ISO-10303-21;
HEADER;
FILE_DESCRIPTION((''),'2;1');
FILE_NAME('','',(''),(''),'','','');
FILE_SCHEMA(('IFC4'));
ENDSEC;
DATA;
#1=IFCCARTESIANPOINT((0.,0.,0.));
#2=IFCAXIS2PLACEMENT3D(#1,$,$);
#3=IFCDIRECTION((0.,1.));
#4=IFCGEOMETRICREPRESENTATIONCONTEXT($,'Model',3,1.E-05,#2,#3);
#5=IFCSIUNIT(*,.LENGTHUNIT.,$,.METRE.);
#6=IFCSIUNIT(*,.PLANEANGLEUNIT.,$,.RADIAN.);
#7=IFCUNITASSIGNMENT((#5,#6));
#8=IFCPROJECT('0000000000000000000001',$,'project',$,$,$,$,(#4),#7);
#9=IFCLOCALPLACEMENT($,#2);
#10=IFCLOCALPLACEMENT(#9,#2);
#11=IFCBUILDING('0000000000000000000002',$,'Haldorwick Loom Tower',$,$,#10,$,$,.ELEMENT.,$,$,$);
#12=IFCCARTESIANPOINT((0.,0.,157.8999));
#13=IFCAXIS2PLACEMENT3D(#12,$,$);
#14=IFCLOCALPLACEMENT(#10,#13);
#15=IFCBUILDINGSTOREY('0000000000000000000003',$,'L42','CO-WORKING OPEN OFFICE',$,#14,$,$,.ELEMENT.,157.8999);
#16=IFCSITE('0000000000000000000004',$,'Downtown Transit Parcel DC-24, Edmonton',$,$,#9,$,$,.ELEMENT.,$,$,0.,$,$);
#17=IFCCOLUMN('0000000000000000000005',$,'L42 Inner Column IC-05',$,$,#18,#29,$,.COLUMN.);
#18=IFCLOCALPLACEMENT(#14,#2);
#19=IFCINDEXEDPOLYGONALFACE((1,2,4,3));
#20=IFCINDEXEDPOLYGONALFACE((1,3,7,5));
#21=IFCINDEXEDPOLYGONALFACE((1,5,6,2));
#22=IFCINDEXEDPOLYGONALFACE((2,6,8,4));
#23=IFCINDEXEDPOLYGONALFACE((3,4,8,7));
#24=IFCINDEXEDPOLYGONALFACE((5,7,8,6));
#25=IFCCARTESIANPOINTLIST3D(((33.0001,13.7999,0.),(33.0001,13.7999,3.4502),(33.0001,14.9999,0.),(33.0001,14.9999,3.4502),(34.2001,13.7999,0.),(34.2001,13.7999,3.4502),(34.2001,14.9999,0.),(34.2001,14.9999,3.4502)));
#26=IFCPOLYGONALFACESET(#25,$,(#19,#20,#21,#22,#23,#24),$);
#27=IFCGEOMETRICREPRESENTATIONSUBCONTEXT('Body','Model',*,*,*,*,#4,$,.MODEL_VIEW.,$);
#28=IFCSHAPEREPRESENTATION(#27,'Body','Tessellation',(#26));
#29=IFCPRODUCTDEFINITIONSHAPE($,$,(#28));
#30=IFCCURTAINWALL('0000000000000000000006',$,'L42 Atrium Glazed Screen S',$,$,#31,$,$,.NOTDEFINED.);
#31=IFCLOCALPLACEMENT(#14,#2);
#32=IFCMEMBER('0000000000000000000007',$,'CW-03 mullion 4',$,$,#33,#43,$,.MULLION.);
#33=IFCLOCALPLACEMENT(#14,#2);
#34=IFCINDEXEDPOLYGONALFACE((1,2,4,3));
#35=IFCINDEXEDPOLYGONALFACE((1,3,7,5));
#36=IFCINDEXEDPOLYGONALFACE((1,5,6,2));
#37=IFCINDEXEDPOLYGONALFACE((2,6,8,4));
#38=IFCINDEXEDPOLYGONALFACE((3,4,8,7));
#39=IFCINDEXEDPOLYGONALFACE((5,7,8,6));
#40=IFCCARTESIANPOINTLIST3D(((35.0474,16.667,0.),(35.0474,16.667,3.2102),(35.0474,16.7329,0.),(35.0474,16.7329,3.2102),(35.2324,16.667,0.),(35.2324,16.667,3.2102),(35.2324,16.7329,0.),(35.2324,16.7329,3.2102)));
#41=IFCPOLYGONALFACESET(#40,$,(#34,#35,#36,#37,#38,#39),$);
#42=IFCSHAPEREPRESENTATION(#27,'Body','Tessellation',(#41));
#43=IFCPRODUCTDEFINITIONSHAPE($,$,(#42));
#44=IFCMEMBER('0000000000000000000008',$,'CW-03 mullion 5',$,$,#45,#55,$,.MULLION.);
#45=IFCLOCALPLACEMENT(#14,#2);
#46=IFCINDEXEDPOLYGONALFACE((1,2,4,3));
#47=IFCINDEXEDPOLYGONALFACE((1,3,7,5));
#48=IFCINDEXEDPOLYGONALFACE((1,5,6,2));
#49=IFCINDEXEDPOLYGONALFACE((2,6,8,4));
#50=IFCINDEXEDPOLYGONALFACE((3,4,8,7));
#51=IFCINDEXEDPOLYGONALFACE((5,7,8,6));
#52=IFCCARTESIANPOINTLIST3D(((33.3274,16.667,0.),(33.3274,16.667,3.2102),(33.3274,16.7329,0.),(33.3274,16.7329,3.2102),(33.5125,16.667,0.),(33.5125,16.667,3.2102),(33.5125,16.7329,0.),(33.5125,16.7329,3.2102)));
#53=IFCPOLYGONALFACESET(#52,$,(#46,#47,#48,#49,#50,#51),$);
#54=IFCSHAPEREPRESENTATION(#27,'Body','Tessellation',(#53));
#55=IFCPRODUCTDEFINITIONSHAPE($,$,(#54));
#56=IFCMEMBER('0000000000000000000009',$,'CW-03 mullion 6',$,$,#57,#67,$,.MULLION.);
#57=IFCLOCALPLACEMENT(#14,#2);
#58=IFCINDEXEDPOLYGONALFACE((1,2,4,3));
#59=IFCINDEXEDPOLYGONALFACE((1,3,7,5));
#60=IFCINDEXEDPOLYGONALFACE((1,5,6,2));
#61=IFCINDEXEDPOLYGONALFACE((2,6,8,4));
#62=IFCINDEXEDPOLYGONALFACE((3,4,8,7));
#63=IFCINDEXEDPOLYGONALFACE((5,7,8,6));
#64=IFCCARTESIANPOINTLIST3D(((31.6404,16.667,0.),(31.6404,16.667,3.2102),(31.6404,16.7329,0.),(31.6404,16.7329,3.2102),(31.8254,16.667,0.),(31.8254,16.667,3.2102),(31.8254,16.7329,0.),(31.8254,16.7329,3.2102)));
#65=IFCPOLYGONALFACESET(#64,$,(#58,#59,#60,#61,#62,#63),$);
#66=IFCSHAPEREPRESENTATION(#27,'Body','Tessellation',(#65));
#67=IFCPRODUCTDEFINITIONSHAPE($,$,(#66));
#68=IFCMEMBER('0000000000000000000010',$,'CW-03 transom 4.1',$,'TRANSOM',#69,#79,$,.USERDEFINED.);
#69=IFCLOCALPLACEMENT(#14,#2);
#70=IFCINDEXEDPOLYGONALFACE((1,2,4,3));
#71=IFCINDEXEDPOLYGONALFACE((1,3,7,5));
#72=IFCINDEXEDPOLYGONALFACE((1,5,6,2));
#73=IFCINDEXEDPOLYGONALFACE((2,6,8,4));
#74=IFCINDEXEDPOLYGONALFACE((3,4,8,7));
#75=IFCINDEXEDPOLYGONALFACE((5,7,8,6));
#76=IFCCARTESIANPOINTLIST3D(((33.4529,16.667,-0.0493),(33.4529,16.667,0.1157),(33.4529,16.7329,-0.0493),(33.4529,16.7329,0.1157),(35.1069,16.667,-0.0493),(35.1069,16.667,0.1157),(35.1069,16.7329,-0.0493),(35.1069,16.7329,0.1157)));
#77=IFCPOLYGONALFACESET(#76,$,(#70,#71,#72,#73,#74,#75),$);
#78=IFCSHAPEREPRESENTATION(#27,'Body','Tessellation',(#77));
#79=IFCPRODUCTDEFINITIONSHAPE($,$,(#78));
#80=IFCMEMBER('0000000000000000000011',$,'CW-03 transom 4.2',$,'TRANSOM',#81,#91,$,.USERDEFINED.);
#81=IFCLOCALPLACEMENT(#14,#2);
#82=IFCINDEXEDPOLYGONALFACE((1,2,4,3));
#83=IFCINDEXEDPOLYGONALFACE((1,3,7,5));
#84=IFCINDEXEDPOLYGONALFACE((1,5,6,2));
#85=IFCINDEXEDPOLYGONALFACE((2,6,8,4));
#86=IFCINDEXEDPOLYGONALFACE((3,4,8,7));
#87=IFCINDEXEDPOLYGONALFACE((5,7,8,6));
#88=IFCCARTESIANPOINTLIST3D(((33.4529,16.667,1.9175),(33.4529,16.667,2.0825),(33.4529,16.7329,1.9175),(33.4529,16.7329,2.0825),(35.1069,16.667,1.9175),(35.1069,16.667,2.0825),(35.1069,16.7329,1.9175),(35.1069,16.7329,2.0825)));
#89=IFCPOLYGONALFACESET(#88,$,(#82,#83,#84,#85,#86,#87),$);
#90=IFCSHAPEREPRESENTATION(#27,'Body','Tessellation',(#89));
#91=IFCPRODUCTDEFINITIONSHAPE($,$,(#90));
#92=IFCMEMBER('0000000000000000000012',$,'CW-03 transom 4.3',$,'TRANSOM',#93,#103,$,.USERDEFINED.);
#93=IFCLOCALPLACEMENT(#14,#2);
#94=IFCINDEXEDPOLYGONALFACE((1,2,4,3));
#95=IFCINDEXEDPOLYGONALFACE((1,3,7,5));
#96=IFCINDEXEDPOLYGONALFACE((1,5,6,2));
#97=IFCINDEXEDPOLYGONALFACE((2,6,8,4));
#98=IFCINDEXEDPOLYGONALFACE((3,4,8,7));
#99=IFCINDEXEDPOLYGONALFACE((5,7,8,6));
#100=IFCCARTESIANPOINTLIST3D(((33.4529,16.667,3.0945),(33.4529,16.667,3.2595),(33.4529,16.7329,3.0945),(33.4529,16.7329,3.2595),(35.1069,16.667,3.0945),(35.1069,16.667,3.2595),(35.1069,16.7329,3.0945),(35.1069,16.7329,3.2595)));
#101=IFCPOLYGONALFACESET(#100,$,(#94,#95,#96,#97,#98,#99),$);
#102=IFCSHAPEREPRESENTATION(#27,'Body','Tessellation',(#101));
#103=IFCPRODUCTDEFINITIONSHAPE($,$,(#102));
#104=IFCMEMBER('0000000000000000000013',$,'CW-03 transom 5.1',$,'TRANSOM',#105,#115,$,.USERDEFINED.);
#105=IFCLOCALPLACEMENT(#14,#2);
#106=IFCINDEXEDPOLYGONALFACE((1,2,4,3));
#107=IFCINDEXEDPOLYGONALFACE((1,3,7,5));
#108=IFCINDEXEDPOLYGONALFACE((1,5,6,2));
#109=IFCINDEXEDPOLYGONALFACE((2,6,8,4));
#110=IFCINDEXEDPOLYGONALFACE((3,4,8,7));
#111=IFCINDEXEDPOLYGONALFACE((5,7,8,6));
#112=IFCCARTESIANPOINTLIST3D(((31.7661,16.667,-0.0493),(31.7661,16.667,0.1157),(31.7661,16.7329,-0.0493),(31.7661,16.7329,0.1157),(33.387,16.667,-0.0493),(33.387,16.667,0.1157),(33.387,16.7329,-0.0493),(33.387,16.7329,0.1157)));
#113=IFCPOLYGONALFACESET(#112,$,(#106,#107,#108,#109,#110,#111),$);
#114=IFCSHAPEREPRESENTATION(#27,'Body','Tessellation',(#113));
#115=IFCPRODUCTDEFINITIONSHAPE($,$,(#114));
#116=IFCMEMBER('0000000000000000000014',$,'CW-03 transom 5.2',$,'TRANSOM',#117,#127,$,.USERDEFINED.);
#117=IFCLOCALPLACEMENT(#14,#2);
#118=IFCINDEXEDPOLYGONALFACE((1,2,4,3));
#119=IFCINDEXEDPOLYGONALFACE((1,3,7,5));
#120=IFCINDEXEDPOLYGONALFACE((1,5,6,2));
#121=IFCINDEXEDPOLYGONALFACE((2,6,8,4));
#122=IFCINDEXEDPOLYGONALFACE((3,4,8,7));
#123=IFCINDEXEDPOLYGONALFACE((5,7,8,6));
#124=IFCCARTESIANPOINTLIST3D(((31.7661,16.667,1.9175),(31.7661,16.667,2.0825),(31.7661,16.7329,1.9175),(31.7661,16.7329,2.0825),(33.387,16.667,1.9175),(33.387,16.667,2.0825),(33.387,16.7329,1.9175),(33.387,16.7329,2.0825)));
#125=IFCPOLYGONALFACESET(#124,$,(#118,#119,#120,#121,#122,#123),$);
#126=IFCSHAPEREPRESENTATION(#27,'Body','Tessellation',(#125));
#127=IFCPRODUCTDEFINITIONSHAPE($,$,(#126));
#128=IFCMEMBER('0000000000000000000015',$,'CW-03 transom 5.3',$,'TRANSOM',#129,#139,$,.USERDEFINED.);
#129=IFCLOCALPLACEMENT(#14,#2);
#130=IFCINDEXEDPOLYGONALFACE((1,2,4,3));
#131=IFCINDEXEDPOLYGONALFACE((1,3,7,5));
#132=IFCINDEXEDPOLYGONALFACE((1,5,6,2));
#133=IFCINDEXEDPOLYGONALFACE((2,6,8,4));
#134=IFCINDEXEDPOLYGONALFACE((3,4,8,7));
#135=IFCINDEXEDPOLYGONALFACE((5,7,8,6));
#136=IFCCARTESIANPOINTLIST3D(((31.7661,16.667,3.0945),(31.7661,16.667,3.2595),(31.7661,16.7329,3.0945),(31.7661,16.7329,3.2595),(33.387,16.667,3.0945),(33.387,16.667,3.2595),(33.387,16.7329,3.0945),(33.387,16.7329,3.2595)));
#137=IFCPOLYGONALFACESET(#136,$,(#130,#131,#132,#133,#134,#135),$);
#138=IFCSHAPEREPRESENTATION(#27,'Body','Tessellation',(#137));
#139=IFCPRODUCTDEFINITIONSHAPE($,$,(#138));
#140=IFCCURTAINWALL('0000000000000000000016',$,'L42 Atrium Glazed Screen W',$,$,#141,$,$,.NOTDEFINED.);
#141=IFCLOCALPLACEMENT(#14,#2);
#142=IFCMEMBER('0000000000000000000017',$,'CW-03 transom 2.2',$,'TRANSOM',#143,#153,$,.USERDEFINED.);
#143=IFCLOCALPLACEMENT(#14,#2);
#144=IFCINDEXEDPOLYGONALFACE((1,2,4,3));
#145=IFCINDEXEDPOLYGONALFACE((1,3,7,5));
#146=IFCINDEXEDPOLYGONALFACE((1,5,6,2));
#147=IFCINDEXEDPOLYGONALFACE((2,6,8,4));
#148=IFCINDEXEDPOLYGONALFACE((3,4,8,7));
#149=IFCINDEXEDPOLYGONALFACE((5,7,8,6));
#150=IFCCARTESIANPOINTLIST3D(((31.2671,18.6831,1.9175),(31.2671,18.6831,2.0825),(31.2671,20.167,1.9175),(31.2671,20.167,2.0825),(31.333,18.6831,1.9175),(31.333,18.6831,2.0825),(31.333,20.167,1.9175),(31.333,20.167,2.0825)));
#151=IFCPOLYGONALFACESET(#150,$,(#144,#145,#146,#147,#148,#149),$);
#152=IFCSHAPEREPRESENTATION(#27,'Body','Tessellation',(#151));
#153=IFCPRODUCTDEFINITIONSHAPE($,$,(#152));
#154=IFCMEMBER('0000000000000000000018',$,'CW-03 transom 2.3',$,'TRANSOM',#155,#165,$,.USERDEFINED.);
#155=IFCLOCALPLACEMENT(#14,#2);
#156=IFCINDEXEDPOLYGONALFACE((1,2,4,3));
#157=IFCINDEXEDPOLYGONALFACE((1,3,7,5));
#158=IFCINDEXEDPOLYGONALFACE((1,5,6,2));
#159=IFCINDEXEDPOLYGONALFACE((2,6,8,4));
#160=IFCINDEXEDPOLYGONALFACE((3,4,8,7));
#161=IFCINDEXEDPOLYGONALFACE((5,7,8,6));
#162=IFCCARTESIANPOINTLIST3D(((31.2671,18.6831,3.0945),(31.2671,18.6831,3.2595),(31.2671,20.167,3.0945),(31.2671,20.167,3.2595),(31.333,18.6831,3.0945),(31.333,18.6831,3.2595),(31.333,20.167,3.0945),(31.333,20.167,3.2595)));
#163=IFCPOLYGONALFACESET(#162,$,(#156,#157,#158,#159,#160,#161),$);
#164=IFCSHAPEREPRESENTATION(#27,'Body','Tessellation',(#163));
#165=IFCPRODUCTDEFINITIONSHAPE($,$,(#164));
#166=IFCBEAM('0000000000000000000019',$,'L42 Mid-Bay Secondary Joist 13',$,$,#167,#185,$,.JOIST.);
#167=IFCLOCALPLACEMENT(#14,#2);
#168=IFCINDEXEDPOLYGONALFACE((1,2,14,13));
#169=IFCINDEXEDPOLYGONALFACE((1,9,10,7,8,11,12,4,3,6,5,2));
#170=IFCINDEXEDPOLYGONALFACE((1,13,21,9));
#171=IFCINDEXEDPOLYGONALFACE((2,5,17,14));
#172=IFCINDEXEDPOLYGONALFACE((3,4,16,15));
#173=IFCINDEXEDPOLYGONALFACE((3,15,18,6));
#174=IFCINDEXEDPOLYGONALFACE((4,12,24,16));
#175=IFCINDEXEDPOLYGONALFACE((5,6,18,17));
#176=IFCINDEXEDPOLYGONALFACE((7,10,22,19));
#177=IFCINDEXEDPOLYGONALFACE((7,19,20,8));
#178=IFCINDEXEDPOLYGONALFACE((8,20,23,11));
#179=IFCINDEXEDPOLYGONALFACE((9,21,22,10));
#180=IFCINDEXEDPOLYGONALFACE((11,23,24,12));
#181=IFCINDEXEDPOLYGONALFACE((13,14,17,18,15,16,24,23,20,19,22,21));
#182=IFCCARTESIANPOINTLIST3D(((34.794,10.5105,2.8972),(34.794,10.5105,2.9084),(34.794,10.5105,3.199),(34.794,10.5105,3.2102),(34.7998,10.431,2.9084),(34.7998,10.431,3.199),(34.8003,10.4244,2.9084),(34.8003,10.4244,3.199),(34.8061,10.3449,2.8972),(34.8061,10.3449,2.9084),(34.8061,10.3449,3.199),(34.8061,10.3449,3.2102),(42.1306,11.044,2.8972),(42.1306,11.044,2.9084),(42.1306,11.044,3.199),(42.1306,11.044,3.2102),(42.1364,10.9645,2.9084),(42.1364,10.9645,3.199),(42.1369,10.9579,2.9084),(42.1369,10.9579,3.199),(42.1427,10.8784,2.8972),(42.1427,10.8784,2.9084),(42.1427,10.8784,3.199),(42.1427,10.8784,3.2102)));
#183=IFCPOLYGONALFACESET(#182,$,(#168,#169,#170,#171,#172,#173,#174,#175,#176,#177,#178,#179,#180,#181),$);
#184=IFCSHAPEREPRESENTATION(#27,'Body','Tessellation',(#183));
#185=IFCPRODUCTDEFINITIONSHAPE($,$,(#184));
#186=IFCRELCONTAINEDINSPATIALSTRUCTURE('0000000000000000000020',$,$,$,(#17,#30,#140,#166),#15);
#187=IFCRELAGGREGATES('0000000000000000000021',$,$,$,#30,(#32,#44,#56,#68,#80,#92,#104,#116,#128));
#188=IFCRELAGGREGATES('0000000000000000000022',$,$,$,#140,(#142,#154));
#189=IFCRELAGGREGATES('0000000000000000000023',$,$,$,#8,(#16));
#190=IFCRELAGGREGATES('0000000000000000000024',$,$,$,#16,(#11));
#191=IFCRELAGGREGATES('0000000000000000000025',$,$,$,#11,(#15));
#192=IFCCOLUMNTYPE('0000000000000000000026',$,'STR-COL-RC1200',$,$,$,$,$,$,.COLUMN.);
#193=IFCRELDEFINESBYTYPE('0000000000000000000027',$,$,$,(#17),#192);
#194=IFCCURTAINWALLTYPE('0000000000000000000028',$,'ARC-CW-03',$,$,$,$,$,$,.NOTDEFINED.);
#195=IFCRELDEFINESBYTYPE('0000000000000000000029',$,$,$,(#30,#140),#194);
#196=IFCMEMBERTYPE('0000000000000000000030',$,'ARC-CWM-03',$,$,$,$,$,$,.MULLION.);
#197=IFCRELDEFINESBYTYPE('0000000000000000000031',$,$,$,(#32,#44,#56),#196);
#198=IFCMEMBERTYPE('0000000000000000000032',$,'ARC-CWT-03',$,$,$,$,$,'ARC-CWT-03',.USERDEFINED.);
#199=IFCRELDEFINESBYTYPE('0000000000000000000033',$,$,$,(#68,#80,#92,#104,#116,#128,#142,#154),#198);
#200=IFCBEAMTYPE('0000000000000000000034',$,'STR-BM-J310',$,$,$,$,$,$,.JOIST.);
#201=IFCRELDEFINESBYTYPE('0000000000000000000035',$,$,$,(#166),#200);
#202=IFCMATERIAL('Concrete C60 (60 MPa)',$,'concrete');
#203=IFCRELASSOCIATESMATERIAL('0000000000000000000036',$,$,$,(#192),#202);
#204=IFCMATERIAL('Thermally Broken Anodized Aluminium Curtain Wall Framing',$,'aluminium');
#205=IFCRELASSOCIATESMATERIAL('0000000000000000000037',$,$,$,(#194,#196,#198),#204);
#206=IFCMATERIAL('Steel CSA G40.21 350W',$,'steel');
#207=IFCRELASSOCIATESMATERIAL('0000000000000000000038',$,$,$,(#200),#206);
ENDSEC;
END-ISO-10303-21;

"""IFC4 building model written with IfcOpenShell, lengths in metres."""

from ifc_helpers import new_model, si_unit, direction, frame, origin, origin_2d, place, context, subcontext, project, spatial, rectangle, i_section, extrude, material, material_profile, profile_set, type_object, element, aggregate, save


model = new_model("IFC4")

# Units and contexts
model_context = context("Model", 3, precision=1e-05, world=origin(), true_north=direction((0.0, 1.0)))
body_context = subcontext(model_context, "Body", "Model", "MODEL_VIEW")
ifc_project = project(units=[si_unit("LENGTHUNIT", "METRE"), si_unit("PLANEANGLEUNIT", "RADIAN")], contexts=[model_context])

# Site, building, storey
site_placement = place(None, origin())
site = spatial("IfcSite", under=ifc_project, at=site_placement, Name="Downtown Transit Parcel DC-24, Edmonton", CompositionType="ELEMENT", RefElevation=0.0)
building_placement = place(site_placement, origin())
building = spatial("IfcBuilding", under=site, at=building_placement, Name="Haldorwick Loom Tower", CompositionType="ELEMENT")
storey_placement = place(building_placement, frame((0.0, 0.0, 157.8999)))
storey = spatial("IfcBuildingStorey", under=building, at=storey_placement, Name="L42", Description="CO-WORKING OPEN OFFICE", CompositionType="ELEMENT", Elevation=157.8999)

# Column
ifc_material_1 = material(Name="Concrete C60 (60 MPa)", Category="concrete")
ifc_material_profile_1 = material_profile(ifc_material_1, rectangle(XDim=1.2, YDim=1.2, at=origin_2d()), Name="RC1200X1200", Category="concrete")
ifc_profile_set_1 = profile_set([ifc_material_profile_1], Name="Concrete C60 (60 MPa)")
column_type = type_object("IfcColumnType", Name="STR-COL-RC1200", PredefinedType="COLUMN", material=ifc_profile_set_1)
column_placement = place(storey_placement, frame((33.6001, 14.3999, 0.0), z_axis=(0.0, 0.0, 1.0), x_axis=(1.0, 0.0, 0.0)))
element("IfcColumn", 1, at=column_placement, inside=storey, type_object=column_type, Name="L42 Inner Column IC-05", PredefinedType="COLUMN", context=body_context, shape_type="SweptSolid", body=[
    extrude(rectangle(XDim=1.2, YDim=1.2, at=origin_2d()), origin(), (0.0, 0.0, 1.0), 3.4502),
])

# Curtain walls, members
ifc_material_2 = material(Name="Thermally Broken Anodized Aluminium Curtain Wall Framing", Category="aluminium")
curtain_wall_type = type_object("IfcCurtainWallType", Name="ARC-CW-03", PredefinedType="NOTDEFINED", material=ifc_material_2)
curtain_wall_1_placement = place(storey_placement, origin())
curtain_wall_1 = element("IfcCurtainWall", 2, at=curtain_wall_1_placement, inside=storey, type_object=curtain_wall_type, Name="L42 Atrium Glazed Screen S", PredefinedType="NOTDEFINED")
ifc_material_profile_2 = material_profile(ifc_material_2, rectangle(XDim=0.0659, YDim=0.1851, at=origin_2d()), Name="ALU_MUL_66X185", Category="aluminium")
ifc_profile_set_2 = profile_set([ifc_material_profile_2], Name="Thermally Broken Anodized Aluminium Curtain Wall Framing")
member_type_1 = type_object("IfcMemberType", Name="ARC-CWM-03", PredefinedType="MULLION", material=ifc_profile_set_2)
member_1_placement = place(storey_placement, frame((35.1399, 16.7, 0.0), z_axis=(0.0, 0.0, 1.0), x_axis=(0.0, -1.0, 0.0)))
member_1 = element("IfcMember", 3, at=member_1_placement, type_object=member_type_1, Name="CW-03 mullion 4", PredefinedType="MULLION", context=body_context, shape_type="SweptSolid", body=[
    extrude(rectangle(XDim=0.0659, YDim=0.1851, at=origin_2d()), origin(), (0.0, 0.0, 1.0), 3.2102),
])
member_2_placement = place(storey_placement, frame((33.4199, 16.7, 0.0), z_axis=(0.0, 0.0, 1.0), x_axis=(0.0, -1.0, 0.0)))
member_2 = element("IfcMember", 4, at=member_2_placement, type_object=member_type_1, Name="CW-03 mullion 5", PredefinedType="MULLION", context=body_context, shape_type="SweptSolid", body=[
    extrude(rectangle(XDim=0.0659, YDim=0.1851, at=origin_2d()), origin(), (0.0, 0.0, 1.0), 3.2102),
])
member_3_placement = place(storey_placement, frame((31.7329, 16.7, 0.0), z_axis=(0.0, 0.0, 1.0), x_axis=(0.0, -1.0, 0.0)))
member_3 = element("IfcMember", 5, at=member_3_placement, type_object=member_type_1, Name="CW-03 mullion 6", PredefinedType="MULLION", context=body_context, shape_type="SweptSolid", body=[
    extrude(rectangle(XDim=0.0659, YDim=0.1851, at=origin_2d()), origin(), (0.0, 0.0, 1.0), 3.2102),
])
ifc_material_profile_3 = material_profile(ifc_material_2, rectangle(XDim=0.0659, YDim=0.165, at=origin_2d()), Name="ALU_TRN_66X165", Category="aluminium")
ifc_profile_set_3 = profile_set([ifc_material_profile_3], Name="Thermally Broken Anodized Aluminium Curtain Wall Framing")
member_type_2 = type_object("IfcMemberType", Name="ARC-CWT-03", ElementType="ARC-CWT-03", PredefinedType="USERDEFINED", material=ifc_profile_set_3)
member_4_placement = place(storey_placement, frame((35.1069, 16.7, 0.0332), z_axis=(-1.0, 0.0, 0.0), x_axis=(0.0, -1.0, 0.0)))
member_4 = element("IfcMember", 6, at=member_4_placement, type_object=member_type_2, Name="CW-03 transom 4.1", ObjectType="TRANSOM", PredefinedType="USERDEFINED", context=body_context, shape_type="SweptSolid", body=[
    extrude(rectangle(XDim=0.0659, YDim=0.165, at=origin_2d()), origin(), (0.0, 0.0, 1.0), 1.6541),
])
member_5_placement = place(storey_placement, frame((35.1069, 16.7, 2.0), z_axis=(-1.0, 0.0, 0.0), x_axis=(0.0, -1.0, 0.0)))
member_5 = element("IfcMember", 7, at=member_5_placement, type_object=member_type_2, Name="CW-03 transom 4.2", ObjectType="TRANSOM", PredefinedType="USERDEFINED", context=body_context, shape_type="SweptSolid", body=[
    extrude(rectangle(XDim=0.0659, YDim=0.165, at=origin_2d()), origin(), (0.0, 0.0, 1.0), 1.6541),
])
member_6_placement = place(storey_placement, frame((35.1069, 16.7, 3.177), z_axis=(-1.0, 0.0, 0.0), x_axis=(0.0, -1.0, 0.0)))
member_6 = element("IfcMember", 8, at=member_6_placement, type_object=member_type_2, Name="CW-03 transom 4.3", ObjectType="TRANSOM", PredefinedType="USERDEFINED", context=body_context, shape_type="SweptSolid", body=[
    extrude(rectangle(XDim=0.0659, YDim=0.165, at=origin_2d()), origin(), (0.0, 0.0, 1.0), 1.6541),
])
member_7_placement = place(storey_placement, frame((33.387, 16.7, 0.0332), z_axis=(-1.0, 0.0, 0.0), x_axis=(0.0, -1.0, 0.0)))
member_7 = element("IfcMember", 9, at=member_7_placement, type_object=member_type_2, Name="CW-03 transom 5.1", ObjectType="TRANSOM", PredefinedType="USERDEFINED", context=body_context, shape_type="SweptSolid", body=[
    extrude(rectangle(XDim=0.0659, YDim=0.165, at=origin_2d()), origin(), (0.0, 0.0, 1.0), 1.6208),
])
member_8_placement = place(storey_placement, frame((33.387, 16.7, 2.0), z_axis=(-1.0, 0.0, 0.0), x_axis=(0.0, -1.0, 0.0)))
member_8 = element("IfcMember", 10, at=member_8_placement, type_object=member_type_2, Name="CW-03 transom 5.2", ObjectType="TRANSOM", PredefinedType="USERDEFINED", context=body_context, shape_type="SweptSolid", body=[
    extrude(rectangle(XDim=0.0659, YDim=0.165, at=origin_2d()), origin(), (0.0, 0.0, 1.0), 1.6208),
])
member_9_placement = place(storey_placement, frame((33.387, 16.7, 3.177), z_axis=(-1.0, 0.0, 0.0), x_axis=(0.0, -1.0, 0.0)))
member_9 = element("IfcMember", 11, at=member_9_placement, type_object=member_type_2, Name="CW-03 transom 5.3", ObjectType="TRANSOM", PredefinedType="USERDEFINED", context=body_context, shape_type="SweptSolid", body=[
    extrude(rectangle(XDim=0.0659, YDim=0.165, at=origin_2d()), origin(), (0.0, 0.0, 1.0), 1.6208),
])
curtain_wall_2_placement = place(storey_placement, origin())
curtain_wall_2 = element("IfcCurtainWall", 12, at=curtain_wall_2_placement, inside=storey, type_object=curtain_wall_type, Name="L42 Atrium Glazed Screen W", PredefinedType="NOTDEFINED")
member_10_placement = place(storey_placement, frame((31.3, 18.6831, 2.0), z_axis=(0.0, 1.0, 0.0), x_axis=(-1.0, 0.0, 0.0)))
member_10 = element("IfcMember", 13, at=member_10_placement, type_object=member_type_2, Name="CW-03 transom 2.2", ObjectType="TRANSOM", PredefinedType="USERDEFINED", context=body_context, shape_type="SweptSolid", body=[
    extrude(rectangle(XDim=0.0659, YDim=0.165, at=origin_2d()), origin(), (0.0, 0.0, 1.0), 1.4839),
])
member_11_placement = place(storey_placement, frame((31.3, 18.6831, 3.177), z_axis=(0.0, 1.0, 0.0), x_axis=(-1.0, 0.0, 0.0)))
member_11 = element("IfcMember", 14, at=member_11_placement, type_object=member_type_2, Name="CW-03 transom 2.3", ObjectType="TRANSOM", PredefinedType="USERDEFINED", context=body_context, shape_type="SweptSolid", body=[
    extrude(rectangle(XDim=0.0659, YDim=0.165, at=origin_2d()), origin(), (0.0, 0.0, 1.0), 1.4839),
])

# Beam
ifc_material_3 = material(Name="Steel CSA G40.21 350W", Category="steel")
ifc_material_profile_4 = material_profile(ifc_material_3, i_section(OverallWidth=0.166, OverallDepth=0.313, WebThickness=0.0066, FlangeThickness=0.0112, at=origin_2d()), Name="W310X45", Category="steel")
ifc_profile_set_4 = profile_set([ifc_material_profile_4], Name="Steel CSA G40.21 350W")
beam_type_1 = type_object("IfcBeamType", Name="STR-BM-J310", PredefinedType="JOIST", material=ifc_profile_set_4)
beam_1_placement = place(storey_placement, frame((34.8, 10.4277, 3.0537), z_axis=(0.997367, 0.072518, 0.0), x_axis=(-0.072518, 0.997367, 0.0)))
element("IfcBeam", 15, at=beam_1_placement, inside=storey, type_object=beam_type_1, Name="L42 Mid-Bay Secondary Joist 13", PredefinedType="JOIST", context=body_context, shape_type="SweptSolid", body=[
    extrude(i_section(OverallWidth=0.166, OverallDepth=0.313, WebThickness=0.0066, FlangeThickness=0.0112, at=origin_2d()), origin(), (0.0, 0.0, 1.0), 7.356),
])

aggregate(curtain_wall_1, [member_1, member_2, member_3, member_4, member_5, member_6, member_7, member_8, member_9])
aggregate(curtain_wall_2, [member_10, member_11])

save(model, "model.ifc")
